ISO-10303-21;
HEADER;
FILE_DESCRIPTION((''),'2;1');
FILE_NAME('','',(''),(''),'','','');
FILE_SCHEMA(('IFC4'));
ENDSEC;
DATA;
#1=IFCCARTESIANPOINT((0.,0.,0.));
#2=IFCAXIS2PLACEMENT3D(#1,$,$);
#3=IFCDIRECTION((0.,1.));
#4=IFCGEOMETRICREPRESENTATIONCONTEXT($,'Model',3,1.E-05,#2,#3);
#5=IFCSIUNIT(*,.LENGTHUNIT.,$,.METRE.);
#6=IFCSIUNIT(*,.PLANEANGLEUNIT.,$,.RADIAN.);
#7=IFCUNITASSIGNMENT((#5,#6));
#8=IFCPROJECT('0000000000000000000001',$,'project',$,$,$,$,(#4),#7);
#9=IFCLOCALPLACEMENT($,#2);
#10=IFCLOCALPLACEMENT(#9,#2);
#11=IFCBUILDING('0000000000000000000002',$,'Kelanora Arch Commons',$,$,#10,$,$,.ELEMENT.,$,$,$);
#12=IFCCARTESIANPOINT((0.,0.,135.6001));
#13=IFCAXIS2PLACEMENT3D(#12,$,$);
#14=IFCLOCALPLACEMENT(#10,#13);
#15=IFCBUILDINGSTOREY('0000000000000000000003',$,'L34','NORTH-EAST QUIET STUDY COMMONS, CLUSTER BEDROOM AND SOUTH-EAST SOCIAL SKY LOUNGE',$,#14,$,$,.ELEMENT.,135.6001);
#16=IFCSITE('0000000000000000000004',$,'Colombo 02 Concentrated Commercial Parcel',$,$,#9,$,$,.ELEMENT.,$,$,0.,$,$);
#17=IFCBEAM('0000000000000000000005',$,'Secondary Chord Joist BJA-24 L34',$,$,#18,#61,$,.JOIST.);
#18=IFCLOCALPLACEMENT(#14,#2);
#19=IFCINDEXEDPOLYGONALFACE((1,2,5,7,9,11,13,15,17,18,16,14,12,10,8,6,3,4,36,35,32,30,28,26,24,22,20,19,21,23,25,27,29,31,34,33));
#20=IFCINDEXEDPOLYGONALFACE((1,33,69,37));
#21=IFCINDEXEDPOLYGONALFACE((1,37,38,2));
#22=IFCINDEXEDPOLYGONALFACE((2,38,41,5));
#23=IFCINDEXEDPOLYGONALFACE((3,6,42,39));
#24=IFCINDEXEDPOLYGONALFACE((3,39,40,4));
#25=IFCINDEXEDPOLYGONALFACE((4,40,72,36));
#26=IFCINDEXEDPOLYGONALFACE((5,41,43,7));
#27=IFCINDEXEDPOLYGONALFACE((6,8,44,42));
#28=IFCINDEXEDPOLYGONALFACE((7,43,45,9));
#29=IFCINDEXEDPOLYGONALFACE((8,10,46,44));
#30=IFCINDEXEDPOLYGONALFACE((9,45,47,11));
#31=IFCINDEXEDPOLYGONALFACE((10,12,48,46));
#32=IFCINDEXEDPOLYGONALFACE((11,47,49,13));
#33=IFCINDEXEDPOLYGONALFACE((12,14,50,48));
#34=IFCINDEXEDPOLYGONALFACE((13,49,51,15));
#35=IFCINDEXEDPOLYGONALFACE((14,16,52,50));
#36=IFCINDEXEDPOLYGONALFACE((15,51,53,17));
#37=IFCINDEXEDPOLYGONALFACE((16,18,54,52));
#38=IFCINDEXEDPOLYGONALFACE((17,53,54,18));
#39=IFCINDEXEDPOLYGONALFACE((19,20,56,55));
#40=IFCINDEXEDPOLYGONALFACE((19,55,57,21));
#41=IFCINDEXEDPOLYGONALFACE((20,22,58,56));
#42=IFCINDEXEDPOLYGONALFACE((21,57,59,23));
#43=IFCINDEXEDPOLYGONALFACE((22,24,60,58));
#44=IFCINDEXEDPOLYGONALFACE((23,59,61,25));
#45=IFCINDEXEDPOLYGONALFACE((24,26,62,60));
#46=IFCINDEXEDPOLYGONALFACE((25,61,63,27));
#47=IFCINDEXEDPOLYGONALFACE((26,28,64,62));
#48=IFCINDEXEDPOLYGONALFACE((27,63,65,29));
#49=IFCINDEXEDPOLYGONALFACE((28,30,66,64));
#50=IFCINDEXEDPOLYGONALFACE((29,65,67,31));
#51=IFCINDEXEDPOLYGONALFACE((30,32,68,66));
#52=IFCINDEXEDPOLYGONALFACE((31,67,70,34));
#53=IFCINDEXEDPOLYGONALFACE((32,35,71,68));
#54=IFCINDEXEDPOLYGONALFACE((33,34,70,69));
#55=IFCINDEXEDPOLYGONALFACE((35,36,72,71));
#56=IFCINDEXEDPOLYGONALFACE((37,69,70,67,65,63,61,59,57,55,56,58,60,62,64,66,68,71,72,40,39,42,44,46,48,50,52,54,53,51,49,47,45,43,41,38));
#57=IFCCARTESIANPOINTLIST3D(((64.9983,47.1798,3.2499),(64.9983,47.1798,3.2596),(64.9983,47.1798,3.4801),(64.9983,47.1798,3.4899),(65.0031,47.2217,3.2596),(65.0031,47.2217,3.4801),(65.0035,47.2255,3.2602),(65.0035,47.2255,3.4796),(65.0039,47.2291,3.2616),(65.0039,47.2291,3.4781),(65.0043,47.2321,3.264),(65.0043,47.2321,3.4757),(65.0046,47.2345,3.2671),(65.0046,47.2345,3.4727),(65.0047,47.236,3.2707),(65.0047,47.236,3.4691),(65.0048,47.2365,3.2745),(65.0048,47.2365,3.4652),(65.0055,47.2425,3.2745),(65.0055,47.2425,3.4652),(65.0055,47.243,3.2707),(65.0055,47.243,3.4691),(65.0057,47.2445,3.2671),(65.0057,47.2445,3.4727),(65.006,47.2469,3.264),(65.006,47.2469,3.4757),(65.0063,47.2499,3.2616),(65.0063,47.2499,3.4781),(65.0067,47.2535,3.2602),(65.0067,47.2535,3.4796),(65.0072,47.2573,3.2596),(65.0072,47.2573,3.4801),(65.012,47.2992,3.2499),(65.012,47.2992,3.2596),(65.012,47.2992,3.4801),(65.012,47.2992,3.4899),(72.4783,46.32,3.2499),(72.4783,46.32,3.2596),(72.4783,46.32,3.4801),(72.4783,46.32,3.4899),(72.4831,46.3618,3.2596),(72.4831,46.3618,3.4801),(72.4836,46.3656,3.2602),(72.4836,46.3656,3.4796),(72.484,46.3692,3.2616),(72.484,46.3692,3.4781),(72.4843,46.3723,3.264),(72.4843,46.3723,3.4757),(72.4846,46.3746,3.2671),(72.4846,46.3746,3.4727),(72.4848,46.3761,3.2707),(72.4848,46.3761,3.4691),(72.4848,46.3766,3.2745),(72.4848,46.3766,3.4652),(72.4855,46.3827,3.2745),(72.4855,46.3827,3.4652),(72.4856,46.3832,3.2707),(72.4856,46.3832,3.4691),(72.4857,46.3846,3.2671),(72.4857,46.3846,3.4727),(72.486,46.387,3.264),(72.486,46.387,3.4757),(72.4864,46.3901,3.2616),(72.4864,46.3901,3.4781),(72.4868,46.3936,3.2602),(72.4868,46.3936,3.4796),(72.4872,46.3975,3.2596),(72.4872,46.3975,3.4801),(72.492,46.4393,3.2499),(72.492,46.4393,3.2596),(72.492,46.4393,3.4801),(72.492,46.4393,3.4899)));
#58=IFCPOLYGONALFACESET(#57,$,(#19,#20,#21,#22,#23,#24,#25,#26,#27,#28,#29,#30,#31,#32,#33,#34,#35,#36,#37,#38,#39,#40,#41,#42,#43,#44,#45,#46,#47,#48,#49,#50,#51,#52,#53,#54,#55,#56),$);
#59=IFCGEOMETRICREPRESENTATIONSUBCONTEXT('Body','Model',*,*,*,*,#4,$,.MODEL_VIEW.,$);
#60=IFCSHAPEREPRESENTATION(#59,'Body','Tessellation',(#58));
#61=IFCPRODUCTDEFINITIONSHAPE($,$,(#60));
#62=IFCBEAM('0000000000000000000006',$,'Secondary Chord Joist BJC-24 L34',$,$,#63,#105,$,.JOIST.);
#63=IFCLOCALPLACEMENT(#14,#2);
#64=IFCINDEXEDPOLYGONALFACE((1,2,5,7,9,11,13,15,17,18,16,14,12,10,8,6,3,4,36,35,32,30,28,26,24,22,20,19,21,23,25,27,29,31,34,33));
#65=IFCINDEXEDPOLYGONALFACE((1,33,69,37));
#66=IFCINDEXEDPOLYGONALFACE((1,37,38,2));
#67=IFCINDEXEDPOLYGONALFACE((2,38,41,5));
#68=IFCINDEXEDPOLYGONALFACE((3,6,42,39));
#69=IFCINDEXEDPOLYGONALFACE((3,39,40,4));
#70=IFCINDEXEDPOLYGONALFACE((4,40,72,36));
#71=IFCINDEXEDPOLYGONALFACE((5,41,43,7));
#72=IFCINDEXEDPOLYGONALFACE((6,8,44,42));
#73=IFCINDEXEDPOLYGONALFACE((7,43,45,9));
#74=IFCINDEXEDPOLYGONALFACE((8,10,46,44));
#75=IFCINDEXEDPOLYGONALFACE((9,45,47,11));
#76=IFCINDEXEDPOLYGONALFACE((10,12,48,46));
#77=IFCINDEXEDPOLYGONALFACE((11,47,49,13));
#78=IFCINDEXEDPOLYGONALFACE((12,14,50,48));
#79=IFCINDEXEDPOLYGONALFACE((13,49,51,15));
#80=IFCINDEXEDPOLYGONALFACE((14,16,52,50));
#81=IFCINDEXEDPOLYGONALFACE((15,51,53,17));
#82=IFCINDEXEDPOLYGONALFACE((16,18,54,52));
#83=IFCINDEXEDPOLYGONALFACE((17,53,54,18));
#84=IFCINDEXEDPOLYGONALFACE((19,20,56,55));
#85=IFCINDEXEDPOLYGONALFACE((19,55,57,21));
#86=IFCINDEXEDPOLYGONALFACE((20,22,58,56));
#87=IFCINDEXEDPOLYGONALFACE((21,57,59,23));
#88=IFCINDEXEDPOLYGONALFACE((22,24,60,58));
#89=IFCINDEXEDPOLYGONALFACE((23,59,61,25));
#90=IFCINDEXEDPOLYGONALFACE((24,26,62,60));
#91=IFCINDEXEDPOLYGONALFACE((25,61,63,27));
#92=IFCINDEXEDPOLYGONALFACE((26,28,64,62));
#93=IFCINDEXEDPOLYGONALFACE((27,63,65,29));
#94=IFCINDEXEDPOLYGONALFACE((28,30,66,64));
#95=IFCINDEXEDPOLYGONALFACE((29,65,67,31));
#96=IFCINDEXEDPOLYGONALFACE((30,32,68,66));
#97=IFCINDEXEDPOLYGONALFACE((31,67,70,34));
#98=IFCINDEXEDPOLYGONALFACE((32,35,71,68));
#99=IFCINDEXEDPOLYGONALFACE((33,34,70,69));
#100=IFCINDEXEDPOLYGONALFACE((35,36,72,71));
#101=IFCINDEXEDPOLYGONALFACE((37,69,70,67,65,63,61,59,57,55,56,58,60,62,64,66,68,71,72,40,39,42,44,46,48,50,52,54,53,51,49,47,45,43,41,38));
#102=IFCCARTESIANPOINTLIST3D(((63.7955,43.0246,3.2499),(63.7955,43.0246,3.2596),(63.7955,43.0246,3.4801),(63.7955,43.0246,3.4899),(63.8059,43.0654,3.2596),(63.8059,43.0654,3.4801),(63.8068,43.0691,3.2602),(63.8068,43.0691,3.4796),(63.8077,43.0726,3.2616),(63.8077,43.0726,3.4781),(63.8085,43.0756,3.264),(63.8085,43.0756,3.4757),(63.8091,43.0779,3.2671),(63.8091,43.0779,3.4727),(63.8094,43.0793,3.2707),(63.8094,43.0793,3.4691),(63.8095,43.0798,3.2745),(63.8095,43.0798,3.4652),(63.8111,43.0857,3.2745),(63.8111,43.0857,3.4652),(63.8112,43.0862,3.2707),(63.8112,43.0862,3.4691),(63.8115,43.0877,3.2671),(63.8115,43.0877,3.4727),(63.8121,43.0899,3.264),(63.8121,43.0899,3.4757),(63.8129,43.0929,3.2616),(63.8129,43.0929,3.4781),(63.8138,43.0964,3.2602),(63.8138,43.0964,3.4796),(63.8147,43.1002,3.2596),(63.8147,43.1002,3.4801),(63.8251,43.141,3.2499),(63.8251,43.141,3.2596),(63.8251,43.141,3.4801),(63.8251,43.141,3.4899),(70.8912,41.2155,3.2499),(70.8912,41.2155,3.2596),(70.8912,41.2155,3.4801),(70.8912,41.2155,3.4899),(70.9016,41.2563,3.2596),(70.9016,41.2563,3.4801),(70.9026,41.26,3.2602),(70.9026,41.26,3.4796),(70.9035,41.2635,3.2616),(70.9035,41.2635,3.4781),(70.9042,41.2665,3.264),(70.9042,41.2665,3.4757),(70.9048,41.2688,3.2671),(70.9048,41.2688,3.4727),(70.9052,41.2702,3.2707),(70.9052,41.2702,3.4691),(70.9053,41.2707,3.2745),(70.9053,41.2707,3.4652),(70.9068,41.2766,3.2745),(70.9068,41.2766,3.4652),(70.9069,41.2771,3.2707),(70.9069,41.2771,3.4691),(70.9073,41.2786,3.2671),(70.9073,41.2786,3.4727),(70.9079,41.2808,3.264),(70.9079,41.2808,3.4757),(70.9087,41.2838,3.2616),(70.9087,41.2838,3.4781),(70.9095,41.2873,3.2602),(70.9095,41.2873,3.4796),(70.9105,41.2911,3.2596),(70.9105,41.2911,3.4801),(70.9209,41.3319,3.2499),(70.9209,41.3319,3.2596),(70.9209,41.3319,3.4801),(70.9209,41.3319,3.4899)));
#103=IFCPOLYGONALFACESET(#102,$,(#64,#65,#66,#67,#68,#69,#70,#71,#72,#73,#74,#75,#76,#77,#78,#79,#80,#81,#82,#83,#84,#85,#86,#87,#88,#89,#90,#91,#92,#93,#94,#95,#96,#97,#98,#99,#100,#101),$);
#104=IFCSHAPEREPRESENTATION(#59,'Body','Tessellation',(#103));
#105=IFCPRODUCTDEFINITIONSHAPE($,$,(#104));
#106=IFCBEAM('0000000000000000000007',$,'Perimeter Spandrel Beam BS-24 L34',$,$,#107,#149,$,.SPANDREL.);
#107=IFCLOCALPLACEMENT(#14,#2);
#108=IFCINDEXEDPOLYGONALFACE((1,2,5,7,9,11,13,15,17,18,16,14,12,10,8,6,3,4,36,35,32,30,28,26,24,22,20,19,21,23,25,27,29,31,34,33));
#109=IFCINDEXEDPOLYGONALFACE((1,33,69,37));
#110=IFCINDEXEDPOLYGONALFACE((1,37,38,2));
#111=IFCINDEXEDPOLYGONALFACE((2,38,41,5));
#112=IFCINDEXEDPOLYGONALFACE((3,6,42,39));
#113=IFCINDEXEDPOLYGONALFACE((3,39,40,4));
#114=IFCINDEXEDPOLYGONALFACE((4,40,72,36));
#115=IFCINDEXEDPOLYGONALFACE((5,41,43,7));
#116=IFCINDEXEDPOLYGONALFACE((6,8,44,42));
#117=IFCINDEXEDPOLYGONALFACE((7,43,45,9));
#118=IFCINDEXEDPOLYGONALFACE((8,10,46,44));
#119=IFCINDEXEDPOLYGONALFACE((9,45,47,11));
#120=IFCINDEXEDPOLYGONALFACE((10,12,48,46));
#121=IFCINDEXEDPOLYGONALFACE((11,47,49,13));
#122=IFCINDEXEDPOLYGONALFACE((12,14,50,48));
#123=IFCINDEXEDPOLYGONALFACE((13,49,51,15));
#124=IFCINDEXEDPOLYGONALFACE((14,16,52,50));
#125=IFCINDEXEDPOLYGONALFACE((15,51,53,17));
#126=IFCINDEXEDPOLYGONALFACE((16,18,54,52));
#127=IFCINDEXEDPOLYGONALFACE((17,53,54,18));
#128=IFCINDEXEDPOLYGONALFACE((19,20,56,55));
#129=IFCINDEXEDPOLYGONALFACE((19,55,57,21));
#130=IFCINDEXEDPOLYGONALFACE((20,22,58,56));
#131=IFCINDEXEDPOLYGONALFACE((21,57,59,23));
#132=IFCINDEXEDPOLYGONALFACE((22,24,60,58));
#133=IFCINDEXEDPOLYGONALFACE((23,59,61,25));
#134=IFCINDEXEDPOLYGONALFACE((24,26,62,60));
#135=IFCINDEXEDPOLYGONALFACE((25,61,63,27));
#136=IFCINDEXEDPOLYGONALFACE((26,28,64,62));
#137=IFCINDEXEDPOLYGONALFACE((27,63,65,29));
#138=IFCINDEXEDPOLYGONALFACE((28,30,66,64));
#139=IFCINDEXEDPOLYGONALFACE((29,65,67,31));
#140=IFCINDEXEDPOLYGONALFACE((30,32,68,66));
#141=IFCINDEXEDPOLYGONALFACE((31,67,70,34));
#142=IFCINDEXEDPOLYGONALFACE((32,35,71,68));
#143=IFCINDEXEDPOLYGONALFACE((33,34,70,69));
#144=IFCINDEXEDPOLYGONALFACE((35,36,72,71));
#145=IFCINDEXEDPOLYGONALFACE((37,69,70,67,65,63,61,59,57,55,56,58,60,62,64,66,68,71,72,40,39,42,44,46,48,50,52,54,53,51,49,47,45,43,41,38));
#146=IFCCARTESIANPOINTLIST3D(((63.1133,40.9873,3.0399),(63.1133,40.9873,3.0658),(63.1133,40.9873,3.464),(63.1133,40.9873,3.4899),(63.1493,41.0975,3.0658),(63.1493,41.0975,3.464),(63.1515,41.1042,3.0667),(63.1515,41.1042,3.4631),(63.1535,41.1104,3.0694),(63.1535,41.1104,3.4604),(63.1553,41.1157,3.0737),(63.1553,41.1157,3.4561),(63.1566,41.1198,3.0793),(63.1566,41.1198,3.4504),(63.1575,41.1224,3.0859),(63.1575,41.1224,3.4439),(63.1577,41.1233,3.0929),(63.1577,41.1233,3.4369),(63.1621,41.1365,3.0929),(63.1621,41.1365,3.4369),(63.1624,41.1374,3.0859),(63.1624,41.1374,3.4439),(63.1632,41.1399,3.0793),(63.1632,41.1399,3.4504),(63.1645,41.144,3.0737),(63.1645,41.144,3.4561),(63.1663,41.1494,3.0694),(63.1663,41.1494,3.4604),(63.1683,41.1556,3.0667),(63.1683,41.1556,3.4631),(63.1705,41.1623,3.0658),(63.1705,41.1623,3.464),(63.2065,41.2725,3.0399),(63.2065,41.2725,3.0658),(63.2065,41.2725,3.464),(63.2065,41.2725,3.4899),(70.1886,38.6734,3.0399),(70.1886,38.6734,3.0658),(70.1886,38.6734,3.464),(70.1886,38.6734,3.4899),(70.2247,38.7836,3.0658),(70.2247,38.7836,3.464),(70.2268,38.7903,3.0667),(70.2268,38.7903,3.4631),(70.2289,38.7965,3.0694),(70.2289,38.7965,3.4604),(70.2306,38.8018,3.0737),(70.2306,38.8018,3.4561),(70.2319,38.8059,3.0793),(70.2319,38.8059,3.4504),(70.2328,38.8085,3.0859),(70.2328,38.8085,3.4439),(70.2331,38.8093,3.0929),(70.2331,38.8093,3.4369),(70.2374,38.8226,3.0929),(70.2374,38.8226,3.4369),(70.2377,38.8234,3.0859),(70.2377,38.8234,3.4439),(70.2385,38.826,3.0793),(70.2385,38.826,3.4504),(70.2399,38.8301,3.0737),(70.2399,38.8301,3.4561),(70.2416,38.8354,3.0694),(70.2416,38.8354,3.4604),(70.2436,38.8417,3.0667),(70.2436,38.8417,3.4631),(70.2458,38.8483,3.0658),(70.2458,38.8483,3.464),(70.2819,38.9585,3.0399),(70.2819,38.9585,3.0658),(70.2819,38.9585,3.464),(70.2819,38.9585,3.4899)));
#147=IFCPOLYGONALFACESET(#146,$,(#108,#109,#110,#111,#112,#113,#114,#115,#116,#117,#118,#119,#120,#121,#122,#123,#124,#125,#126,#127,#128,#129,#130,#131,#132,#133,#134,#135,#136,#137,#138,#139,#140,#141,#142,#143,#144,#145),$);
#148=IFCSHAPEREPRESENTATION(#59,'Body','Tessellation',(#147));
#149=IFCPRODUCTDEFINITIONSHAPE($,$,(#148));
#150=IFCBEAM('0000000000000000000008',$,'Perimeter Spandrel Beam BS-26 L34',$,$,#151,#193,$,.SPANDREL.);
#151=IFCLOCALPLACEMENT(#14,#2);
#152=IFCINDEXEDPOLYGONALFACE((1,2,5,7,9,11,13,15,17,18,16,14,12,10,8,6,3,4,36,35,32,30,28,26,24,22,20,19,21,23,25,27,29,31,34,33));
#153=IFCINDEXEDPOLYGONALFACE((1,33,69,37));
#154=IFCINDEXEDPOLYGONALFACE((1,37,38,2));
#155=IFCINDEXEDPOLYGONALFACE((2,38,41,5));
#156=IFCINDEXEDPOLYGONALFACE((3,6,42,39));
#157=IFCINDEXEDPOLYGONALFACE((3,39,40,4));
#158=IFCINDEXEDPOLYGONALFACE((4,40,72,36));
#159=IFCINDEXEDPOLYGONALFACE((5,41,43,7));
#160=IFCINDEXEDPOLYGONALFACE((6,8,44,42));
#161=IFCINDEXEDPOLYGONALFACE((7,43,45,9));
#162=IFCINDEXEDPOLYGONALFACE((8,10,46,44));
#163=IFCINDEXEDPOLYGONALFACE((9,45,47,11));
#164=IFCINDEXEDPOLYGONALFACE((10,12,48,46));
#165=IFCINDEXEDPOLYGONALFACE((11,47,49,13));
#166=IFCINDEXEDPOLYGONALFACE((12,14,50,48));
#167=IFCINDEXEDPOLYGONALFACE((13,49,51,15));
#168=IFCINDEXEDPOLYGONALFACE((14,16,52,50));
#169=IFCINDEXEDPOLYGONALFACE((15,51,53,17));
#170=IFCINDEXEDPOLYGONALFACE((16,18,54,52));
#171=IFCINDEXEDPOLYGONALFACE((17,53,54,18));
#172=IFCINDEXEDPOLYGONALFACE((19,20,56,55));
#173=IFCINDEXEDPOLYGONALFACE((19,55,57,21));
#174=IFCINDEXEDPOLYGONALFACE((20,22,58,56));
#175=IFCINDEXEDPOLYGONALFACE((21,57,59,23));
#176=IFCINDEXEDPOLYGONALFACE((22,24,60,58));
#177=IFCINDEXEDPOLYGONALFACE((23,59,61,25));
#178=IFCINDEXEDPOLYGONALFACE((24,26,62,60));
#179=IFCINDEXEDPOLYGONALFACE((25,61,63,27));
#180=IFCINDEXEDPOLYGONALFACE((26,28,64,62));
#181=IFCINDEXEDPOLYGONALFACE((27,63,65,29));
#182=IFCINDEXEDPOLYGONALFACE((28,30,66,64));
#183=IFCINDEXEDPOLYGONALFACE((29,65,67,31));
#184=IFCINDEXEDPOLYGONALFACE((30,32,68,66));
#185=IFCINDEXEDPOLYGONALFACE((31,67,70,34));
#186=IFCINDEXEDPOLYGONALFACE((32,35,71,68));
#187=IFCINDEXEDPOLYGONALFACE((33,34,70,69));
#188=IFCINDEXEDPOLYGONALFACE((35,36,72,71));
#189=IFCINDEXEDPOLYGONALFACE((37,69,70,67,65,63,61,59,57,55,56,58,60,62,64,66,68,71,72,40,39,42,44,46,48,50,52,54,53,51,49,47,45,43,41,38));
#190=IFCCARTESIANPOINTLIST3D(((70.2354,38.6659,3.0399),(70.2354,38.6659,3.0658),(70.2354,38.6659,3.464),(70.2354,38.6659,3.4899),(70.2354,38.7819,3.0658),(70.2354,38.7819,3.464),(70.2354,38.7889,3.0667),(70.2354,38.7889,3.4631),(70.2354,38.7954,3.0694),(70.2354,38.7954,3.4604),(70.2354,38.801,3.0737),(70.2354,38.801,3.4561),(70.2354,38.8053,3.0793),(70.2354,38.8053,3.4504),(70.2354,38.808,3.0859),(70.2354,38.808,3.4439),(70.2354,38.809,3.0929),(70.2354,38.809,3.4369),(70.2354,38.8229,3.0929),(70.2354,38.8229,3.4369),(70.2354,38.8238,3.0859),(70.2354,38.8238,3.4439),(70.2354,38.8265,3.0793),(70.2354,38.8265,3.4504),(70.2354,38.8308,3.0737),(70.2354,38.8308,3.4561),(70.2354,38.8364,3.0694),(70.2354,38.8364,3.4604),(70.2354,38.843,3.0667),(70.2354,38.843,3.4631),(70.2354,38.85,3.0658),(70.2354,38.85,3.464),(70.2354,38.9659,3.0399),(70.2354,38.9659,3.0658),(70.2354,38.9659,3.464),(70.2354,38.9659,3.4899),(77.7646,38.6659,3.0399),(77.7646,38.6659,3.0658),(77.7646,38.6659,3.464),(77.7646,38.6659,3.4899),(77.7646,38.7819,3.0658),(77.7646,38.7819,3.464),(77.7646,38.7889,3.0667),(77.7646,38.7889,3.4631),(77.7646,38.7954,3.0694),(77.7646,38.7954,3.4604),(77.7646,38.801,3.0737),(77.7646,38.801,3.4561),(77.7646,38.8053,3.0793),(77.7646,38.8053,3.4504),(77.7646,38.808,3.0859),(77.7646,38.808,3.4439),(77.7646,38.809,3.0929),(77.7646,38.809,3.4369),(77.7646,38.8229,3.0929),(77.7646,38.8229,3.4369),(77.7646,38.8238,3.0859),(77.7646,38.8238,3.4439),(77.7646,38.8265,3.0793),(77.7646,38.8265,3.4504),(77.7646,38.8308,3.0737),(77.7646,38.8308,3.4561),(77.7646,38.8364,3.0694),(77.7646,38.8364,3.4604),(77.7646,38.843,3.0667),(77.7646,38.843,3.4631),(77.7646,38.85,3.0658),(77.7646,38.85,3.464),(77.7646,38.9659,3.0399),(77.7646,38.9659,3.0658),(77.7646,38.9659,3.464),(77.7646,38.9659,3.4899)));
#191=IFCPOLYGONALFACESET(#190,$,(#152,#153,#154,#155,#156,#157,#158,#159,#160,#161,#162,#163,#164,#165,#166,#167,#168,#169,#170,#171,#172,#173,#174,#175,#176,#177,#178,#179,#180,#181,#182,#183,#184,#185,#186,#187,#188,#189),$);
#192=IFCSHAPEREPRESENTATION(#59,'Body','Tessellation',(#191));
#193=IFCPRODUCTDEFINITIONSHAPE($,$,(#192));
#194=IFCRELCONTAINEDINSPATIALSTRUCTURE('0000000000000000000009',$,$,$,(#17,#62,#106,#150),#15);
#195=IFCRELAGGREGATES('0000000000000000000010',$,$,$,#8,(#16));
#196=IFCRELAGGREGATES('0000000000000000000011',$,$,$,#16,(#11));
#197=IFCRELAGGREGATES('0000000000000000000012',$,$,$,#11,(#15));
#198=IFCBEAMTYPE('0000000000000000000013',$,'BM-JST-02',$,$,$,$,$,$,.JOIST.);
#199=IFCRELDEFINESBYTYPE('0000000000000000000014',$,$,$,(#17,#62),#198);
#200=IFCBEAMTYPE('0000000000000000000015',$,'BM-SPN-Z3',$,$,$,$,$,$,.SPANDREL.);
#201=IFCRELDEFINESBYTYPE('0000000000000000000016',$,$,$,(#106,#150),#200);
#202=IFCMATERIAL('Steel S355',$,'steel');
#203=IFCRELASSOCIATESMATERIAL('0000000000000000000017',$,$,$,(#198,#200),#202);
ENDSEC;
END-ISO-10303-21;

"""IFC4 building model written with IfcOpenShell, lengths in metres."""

from ifc_helpers import new_model, si_unit, direction, frame, origin, origin_2d, place, context, subcontext, project, spatial, i_section, extrude, material, material_profile, profile_set, type_object, element, save


model = new_model("IFC4")

# Units and contexts
model_context = context("Model", 3, precision=1e-05, world=origin(), true_north=direction((0.0, 1.0)))
body_context = subcontext(model_context, "Body", "Model", "MODEL_VIEW")
ifc_project = project(units=[si_unit("LENGTHUNIT", "METRE"), si_unit("PLANEANGLEUNIT", "RADIAN")], contexts=[model_context])

# Site, building, storey
site_placement = place(None, origin())
site = spatial("IfcSite", under=ifc_project, at=site_placement, Name="Colombo 02 Concentrated Commercial Parcel", CompositionType="ELEMENT", RefElevation=0.0)
building_placement = place(site_placement, origin())
building = spatial("IfcBuilding", under=site, at=building_placement, Name="Kelanora Arch Commons", CompositionType="ELEMENT")
storey_placement = place(building_placement, frame((0.0, 0.0, 135.6001)))
storey = spatial("IfcBuildingStorey", under=building, at=storey_placement, Name="L34", Description="NORTH-EAST QUIET STUDY COMMONS, CLUSTER BEDROOM AND SOUTH-EAST SOCIAL SKY LOUNGE", CompositionType="ELEMENT", Elevation=135.6001)

# Beams
ifc_material_1 = material(Name="Steel S355", Category="steel")
ifc_material_profile_1 = material_profile(ifc_material_1, i_section(OverallWidth=0.1201, OverallDepth=0.24, WebThickness=0.0061, FlangeThickness=0.0098, FilletRadius=0.0149, at=origin_2d()), Name="IPE240")
ifc_profile_set_1 = profile_set([ifc_material_profile_1], Name="Steel S355")
beam_type_1 = type_object("IfcBeamType", Name="BM-JST-02", PredefinedType="JOIST", material=ifc_profile_set_1)
beam_1_placement = place(storey_placement, frame((65.0051, 47.2395, 3.3699), z_axis=(0.993457, -0.114203, 0.0), x_axis=(0.114203, 0.993457, 0.0)))
element("IfcBeam", 1, at=beam_1_placement, inside=storey, type_object=beam_type_1, Name="Secondary Chord Joist BJA-24 L34", PredefinedType="JOIST", context=body_context, shape_type="SweptSolid", body=[
    extrude(i_section(OverallWidth=0.1201, OverallDepth=0.24, WebThickness=0.0061, FlangeThickness=0.0098, FilletRadius=0.0149, at=origin_2d()), origin(), (0.0, 0.0, 1.0), 7.5293),
])
beam_2_placement = place(storey_placement, frame((63.8103, 43.0828, 3.3699), z_axis=(0.969002, -0.247052, 0.0), x_axis=(0.247052, 0.969002, 0.0)))
element("IfcBeam", 2, at=beam_2_placement, inside=storey, type_object=beam_type_1, Name="Secondary Chord Joist BJC-24 L34", PredefinedType="JOIST", context=body_context, shape_type="SweptSolid", body=[
    extrude(i_section(OverallWidth=0.1201, OverallDepth=0.24, WebThickness=0.0061, FlangeThickness=0.0098, FilletRadius=0.0149, at=origin_2d()), origin(), (0.0, 0.0, 1.0), 7.3228),
])
ifc_material_profile_2 = material_profile(ifc_material_1, i_section(OverallWidth=0.3, OverallDepth=0.45, WebThickness=0.0139, FlangeThickness=0.0259, FilletRadius=0.0271, at=origin_2d()), Name="HEB450")
ifc_profile_set_2 = profile_set([ifc_material_profile_2], Name="Steel S355")
beam_type_2 = type_object("IfcBeamType", Name="BM-SPN-Z3", PredefinedType="SPANDREL", material=ifc_profile_set_2)
beam_3_placement = place(storey_placement, frame((63.1599, 41.1299, 3.2649), z_axis=(0.950462, -0.310841, 0.0), x_axis=(0.310841, 0.950462, 0.0)))
element("IfcBeam", 3, at=beam_3_placement, inside=storey, type_object=beam_type_2, Name="Perimeter Spandrel Beam BS-24 L34", PredefinedType="SPANDREL", context=body_context, shape_type="SweptSolid", body=[
    extrude(i_section(OverallWidth=0.3, OverallDepth=0.45, WebThickness=0.0139, FlangeThickness=0.0259, FilletRadius=0.0271, at=origin_2d()), origin(), (0.0, 0.0, 1.0), 7.4441),
])
beam_4_placement = place(storey_placement, frame((70.2354, 38.8159, 3.2649), z_axis=(1.0, 0.0, 0.0), x_axis=(0.0, 1.0, 0.0)))
element("IfcBeam", 4, at=beam_4_placement, inside=storey, type_object=beam_type_2, Name="Perimeter Spandrel Beam BS-26 L34", PredefinedType="SPANDREL", context=body_context, shape_type="SweptSolid", body=[
    extrude(i_section(OverallWidth=0.3, OverallDepth=0.45, WebThickness=0.0139, FlangeThickness=0.0259, FilletRadius=0.0271, at=origin_2d()), origin(), (0.0, 0.0, 1.0), 7.5293),
])

save(model, "model.ifc")
